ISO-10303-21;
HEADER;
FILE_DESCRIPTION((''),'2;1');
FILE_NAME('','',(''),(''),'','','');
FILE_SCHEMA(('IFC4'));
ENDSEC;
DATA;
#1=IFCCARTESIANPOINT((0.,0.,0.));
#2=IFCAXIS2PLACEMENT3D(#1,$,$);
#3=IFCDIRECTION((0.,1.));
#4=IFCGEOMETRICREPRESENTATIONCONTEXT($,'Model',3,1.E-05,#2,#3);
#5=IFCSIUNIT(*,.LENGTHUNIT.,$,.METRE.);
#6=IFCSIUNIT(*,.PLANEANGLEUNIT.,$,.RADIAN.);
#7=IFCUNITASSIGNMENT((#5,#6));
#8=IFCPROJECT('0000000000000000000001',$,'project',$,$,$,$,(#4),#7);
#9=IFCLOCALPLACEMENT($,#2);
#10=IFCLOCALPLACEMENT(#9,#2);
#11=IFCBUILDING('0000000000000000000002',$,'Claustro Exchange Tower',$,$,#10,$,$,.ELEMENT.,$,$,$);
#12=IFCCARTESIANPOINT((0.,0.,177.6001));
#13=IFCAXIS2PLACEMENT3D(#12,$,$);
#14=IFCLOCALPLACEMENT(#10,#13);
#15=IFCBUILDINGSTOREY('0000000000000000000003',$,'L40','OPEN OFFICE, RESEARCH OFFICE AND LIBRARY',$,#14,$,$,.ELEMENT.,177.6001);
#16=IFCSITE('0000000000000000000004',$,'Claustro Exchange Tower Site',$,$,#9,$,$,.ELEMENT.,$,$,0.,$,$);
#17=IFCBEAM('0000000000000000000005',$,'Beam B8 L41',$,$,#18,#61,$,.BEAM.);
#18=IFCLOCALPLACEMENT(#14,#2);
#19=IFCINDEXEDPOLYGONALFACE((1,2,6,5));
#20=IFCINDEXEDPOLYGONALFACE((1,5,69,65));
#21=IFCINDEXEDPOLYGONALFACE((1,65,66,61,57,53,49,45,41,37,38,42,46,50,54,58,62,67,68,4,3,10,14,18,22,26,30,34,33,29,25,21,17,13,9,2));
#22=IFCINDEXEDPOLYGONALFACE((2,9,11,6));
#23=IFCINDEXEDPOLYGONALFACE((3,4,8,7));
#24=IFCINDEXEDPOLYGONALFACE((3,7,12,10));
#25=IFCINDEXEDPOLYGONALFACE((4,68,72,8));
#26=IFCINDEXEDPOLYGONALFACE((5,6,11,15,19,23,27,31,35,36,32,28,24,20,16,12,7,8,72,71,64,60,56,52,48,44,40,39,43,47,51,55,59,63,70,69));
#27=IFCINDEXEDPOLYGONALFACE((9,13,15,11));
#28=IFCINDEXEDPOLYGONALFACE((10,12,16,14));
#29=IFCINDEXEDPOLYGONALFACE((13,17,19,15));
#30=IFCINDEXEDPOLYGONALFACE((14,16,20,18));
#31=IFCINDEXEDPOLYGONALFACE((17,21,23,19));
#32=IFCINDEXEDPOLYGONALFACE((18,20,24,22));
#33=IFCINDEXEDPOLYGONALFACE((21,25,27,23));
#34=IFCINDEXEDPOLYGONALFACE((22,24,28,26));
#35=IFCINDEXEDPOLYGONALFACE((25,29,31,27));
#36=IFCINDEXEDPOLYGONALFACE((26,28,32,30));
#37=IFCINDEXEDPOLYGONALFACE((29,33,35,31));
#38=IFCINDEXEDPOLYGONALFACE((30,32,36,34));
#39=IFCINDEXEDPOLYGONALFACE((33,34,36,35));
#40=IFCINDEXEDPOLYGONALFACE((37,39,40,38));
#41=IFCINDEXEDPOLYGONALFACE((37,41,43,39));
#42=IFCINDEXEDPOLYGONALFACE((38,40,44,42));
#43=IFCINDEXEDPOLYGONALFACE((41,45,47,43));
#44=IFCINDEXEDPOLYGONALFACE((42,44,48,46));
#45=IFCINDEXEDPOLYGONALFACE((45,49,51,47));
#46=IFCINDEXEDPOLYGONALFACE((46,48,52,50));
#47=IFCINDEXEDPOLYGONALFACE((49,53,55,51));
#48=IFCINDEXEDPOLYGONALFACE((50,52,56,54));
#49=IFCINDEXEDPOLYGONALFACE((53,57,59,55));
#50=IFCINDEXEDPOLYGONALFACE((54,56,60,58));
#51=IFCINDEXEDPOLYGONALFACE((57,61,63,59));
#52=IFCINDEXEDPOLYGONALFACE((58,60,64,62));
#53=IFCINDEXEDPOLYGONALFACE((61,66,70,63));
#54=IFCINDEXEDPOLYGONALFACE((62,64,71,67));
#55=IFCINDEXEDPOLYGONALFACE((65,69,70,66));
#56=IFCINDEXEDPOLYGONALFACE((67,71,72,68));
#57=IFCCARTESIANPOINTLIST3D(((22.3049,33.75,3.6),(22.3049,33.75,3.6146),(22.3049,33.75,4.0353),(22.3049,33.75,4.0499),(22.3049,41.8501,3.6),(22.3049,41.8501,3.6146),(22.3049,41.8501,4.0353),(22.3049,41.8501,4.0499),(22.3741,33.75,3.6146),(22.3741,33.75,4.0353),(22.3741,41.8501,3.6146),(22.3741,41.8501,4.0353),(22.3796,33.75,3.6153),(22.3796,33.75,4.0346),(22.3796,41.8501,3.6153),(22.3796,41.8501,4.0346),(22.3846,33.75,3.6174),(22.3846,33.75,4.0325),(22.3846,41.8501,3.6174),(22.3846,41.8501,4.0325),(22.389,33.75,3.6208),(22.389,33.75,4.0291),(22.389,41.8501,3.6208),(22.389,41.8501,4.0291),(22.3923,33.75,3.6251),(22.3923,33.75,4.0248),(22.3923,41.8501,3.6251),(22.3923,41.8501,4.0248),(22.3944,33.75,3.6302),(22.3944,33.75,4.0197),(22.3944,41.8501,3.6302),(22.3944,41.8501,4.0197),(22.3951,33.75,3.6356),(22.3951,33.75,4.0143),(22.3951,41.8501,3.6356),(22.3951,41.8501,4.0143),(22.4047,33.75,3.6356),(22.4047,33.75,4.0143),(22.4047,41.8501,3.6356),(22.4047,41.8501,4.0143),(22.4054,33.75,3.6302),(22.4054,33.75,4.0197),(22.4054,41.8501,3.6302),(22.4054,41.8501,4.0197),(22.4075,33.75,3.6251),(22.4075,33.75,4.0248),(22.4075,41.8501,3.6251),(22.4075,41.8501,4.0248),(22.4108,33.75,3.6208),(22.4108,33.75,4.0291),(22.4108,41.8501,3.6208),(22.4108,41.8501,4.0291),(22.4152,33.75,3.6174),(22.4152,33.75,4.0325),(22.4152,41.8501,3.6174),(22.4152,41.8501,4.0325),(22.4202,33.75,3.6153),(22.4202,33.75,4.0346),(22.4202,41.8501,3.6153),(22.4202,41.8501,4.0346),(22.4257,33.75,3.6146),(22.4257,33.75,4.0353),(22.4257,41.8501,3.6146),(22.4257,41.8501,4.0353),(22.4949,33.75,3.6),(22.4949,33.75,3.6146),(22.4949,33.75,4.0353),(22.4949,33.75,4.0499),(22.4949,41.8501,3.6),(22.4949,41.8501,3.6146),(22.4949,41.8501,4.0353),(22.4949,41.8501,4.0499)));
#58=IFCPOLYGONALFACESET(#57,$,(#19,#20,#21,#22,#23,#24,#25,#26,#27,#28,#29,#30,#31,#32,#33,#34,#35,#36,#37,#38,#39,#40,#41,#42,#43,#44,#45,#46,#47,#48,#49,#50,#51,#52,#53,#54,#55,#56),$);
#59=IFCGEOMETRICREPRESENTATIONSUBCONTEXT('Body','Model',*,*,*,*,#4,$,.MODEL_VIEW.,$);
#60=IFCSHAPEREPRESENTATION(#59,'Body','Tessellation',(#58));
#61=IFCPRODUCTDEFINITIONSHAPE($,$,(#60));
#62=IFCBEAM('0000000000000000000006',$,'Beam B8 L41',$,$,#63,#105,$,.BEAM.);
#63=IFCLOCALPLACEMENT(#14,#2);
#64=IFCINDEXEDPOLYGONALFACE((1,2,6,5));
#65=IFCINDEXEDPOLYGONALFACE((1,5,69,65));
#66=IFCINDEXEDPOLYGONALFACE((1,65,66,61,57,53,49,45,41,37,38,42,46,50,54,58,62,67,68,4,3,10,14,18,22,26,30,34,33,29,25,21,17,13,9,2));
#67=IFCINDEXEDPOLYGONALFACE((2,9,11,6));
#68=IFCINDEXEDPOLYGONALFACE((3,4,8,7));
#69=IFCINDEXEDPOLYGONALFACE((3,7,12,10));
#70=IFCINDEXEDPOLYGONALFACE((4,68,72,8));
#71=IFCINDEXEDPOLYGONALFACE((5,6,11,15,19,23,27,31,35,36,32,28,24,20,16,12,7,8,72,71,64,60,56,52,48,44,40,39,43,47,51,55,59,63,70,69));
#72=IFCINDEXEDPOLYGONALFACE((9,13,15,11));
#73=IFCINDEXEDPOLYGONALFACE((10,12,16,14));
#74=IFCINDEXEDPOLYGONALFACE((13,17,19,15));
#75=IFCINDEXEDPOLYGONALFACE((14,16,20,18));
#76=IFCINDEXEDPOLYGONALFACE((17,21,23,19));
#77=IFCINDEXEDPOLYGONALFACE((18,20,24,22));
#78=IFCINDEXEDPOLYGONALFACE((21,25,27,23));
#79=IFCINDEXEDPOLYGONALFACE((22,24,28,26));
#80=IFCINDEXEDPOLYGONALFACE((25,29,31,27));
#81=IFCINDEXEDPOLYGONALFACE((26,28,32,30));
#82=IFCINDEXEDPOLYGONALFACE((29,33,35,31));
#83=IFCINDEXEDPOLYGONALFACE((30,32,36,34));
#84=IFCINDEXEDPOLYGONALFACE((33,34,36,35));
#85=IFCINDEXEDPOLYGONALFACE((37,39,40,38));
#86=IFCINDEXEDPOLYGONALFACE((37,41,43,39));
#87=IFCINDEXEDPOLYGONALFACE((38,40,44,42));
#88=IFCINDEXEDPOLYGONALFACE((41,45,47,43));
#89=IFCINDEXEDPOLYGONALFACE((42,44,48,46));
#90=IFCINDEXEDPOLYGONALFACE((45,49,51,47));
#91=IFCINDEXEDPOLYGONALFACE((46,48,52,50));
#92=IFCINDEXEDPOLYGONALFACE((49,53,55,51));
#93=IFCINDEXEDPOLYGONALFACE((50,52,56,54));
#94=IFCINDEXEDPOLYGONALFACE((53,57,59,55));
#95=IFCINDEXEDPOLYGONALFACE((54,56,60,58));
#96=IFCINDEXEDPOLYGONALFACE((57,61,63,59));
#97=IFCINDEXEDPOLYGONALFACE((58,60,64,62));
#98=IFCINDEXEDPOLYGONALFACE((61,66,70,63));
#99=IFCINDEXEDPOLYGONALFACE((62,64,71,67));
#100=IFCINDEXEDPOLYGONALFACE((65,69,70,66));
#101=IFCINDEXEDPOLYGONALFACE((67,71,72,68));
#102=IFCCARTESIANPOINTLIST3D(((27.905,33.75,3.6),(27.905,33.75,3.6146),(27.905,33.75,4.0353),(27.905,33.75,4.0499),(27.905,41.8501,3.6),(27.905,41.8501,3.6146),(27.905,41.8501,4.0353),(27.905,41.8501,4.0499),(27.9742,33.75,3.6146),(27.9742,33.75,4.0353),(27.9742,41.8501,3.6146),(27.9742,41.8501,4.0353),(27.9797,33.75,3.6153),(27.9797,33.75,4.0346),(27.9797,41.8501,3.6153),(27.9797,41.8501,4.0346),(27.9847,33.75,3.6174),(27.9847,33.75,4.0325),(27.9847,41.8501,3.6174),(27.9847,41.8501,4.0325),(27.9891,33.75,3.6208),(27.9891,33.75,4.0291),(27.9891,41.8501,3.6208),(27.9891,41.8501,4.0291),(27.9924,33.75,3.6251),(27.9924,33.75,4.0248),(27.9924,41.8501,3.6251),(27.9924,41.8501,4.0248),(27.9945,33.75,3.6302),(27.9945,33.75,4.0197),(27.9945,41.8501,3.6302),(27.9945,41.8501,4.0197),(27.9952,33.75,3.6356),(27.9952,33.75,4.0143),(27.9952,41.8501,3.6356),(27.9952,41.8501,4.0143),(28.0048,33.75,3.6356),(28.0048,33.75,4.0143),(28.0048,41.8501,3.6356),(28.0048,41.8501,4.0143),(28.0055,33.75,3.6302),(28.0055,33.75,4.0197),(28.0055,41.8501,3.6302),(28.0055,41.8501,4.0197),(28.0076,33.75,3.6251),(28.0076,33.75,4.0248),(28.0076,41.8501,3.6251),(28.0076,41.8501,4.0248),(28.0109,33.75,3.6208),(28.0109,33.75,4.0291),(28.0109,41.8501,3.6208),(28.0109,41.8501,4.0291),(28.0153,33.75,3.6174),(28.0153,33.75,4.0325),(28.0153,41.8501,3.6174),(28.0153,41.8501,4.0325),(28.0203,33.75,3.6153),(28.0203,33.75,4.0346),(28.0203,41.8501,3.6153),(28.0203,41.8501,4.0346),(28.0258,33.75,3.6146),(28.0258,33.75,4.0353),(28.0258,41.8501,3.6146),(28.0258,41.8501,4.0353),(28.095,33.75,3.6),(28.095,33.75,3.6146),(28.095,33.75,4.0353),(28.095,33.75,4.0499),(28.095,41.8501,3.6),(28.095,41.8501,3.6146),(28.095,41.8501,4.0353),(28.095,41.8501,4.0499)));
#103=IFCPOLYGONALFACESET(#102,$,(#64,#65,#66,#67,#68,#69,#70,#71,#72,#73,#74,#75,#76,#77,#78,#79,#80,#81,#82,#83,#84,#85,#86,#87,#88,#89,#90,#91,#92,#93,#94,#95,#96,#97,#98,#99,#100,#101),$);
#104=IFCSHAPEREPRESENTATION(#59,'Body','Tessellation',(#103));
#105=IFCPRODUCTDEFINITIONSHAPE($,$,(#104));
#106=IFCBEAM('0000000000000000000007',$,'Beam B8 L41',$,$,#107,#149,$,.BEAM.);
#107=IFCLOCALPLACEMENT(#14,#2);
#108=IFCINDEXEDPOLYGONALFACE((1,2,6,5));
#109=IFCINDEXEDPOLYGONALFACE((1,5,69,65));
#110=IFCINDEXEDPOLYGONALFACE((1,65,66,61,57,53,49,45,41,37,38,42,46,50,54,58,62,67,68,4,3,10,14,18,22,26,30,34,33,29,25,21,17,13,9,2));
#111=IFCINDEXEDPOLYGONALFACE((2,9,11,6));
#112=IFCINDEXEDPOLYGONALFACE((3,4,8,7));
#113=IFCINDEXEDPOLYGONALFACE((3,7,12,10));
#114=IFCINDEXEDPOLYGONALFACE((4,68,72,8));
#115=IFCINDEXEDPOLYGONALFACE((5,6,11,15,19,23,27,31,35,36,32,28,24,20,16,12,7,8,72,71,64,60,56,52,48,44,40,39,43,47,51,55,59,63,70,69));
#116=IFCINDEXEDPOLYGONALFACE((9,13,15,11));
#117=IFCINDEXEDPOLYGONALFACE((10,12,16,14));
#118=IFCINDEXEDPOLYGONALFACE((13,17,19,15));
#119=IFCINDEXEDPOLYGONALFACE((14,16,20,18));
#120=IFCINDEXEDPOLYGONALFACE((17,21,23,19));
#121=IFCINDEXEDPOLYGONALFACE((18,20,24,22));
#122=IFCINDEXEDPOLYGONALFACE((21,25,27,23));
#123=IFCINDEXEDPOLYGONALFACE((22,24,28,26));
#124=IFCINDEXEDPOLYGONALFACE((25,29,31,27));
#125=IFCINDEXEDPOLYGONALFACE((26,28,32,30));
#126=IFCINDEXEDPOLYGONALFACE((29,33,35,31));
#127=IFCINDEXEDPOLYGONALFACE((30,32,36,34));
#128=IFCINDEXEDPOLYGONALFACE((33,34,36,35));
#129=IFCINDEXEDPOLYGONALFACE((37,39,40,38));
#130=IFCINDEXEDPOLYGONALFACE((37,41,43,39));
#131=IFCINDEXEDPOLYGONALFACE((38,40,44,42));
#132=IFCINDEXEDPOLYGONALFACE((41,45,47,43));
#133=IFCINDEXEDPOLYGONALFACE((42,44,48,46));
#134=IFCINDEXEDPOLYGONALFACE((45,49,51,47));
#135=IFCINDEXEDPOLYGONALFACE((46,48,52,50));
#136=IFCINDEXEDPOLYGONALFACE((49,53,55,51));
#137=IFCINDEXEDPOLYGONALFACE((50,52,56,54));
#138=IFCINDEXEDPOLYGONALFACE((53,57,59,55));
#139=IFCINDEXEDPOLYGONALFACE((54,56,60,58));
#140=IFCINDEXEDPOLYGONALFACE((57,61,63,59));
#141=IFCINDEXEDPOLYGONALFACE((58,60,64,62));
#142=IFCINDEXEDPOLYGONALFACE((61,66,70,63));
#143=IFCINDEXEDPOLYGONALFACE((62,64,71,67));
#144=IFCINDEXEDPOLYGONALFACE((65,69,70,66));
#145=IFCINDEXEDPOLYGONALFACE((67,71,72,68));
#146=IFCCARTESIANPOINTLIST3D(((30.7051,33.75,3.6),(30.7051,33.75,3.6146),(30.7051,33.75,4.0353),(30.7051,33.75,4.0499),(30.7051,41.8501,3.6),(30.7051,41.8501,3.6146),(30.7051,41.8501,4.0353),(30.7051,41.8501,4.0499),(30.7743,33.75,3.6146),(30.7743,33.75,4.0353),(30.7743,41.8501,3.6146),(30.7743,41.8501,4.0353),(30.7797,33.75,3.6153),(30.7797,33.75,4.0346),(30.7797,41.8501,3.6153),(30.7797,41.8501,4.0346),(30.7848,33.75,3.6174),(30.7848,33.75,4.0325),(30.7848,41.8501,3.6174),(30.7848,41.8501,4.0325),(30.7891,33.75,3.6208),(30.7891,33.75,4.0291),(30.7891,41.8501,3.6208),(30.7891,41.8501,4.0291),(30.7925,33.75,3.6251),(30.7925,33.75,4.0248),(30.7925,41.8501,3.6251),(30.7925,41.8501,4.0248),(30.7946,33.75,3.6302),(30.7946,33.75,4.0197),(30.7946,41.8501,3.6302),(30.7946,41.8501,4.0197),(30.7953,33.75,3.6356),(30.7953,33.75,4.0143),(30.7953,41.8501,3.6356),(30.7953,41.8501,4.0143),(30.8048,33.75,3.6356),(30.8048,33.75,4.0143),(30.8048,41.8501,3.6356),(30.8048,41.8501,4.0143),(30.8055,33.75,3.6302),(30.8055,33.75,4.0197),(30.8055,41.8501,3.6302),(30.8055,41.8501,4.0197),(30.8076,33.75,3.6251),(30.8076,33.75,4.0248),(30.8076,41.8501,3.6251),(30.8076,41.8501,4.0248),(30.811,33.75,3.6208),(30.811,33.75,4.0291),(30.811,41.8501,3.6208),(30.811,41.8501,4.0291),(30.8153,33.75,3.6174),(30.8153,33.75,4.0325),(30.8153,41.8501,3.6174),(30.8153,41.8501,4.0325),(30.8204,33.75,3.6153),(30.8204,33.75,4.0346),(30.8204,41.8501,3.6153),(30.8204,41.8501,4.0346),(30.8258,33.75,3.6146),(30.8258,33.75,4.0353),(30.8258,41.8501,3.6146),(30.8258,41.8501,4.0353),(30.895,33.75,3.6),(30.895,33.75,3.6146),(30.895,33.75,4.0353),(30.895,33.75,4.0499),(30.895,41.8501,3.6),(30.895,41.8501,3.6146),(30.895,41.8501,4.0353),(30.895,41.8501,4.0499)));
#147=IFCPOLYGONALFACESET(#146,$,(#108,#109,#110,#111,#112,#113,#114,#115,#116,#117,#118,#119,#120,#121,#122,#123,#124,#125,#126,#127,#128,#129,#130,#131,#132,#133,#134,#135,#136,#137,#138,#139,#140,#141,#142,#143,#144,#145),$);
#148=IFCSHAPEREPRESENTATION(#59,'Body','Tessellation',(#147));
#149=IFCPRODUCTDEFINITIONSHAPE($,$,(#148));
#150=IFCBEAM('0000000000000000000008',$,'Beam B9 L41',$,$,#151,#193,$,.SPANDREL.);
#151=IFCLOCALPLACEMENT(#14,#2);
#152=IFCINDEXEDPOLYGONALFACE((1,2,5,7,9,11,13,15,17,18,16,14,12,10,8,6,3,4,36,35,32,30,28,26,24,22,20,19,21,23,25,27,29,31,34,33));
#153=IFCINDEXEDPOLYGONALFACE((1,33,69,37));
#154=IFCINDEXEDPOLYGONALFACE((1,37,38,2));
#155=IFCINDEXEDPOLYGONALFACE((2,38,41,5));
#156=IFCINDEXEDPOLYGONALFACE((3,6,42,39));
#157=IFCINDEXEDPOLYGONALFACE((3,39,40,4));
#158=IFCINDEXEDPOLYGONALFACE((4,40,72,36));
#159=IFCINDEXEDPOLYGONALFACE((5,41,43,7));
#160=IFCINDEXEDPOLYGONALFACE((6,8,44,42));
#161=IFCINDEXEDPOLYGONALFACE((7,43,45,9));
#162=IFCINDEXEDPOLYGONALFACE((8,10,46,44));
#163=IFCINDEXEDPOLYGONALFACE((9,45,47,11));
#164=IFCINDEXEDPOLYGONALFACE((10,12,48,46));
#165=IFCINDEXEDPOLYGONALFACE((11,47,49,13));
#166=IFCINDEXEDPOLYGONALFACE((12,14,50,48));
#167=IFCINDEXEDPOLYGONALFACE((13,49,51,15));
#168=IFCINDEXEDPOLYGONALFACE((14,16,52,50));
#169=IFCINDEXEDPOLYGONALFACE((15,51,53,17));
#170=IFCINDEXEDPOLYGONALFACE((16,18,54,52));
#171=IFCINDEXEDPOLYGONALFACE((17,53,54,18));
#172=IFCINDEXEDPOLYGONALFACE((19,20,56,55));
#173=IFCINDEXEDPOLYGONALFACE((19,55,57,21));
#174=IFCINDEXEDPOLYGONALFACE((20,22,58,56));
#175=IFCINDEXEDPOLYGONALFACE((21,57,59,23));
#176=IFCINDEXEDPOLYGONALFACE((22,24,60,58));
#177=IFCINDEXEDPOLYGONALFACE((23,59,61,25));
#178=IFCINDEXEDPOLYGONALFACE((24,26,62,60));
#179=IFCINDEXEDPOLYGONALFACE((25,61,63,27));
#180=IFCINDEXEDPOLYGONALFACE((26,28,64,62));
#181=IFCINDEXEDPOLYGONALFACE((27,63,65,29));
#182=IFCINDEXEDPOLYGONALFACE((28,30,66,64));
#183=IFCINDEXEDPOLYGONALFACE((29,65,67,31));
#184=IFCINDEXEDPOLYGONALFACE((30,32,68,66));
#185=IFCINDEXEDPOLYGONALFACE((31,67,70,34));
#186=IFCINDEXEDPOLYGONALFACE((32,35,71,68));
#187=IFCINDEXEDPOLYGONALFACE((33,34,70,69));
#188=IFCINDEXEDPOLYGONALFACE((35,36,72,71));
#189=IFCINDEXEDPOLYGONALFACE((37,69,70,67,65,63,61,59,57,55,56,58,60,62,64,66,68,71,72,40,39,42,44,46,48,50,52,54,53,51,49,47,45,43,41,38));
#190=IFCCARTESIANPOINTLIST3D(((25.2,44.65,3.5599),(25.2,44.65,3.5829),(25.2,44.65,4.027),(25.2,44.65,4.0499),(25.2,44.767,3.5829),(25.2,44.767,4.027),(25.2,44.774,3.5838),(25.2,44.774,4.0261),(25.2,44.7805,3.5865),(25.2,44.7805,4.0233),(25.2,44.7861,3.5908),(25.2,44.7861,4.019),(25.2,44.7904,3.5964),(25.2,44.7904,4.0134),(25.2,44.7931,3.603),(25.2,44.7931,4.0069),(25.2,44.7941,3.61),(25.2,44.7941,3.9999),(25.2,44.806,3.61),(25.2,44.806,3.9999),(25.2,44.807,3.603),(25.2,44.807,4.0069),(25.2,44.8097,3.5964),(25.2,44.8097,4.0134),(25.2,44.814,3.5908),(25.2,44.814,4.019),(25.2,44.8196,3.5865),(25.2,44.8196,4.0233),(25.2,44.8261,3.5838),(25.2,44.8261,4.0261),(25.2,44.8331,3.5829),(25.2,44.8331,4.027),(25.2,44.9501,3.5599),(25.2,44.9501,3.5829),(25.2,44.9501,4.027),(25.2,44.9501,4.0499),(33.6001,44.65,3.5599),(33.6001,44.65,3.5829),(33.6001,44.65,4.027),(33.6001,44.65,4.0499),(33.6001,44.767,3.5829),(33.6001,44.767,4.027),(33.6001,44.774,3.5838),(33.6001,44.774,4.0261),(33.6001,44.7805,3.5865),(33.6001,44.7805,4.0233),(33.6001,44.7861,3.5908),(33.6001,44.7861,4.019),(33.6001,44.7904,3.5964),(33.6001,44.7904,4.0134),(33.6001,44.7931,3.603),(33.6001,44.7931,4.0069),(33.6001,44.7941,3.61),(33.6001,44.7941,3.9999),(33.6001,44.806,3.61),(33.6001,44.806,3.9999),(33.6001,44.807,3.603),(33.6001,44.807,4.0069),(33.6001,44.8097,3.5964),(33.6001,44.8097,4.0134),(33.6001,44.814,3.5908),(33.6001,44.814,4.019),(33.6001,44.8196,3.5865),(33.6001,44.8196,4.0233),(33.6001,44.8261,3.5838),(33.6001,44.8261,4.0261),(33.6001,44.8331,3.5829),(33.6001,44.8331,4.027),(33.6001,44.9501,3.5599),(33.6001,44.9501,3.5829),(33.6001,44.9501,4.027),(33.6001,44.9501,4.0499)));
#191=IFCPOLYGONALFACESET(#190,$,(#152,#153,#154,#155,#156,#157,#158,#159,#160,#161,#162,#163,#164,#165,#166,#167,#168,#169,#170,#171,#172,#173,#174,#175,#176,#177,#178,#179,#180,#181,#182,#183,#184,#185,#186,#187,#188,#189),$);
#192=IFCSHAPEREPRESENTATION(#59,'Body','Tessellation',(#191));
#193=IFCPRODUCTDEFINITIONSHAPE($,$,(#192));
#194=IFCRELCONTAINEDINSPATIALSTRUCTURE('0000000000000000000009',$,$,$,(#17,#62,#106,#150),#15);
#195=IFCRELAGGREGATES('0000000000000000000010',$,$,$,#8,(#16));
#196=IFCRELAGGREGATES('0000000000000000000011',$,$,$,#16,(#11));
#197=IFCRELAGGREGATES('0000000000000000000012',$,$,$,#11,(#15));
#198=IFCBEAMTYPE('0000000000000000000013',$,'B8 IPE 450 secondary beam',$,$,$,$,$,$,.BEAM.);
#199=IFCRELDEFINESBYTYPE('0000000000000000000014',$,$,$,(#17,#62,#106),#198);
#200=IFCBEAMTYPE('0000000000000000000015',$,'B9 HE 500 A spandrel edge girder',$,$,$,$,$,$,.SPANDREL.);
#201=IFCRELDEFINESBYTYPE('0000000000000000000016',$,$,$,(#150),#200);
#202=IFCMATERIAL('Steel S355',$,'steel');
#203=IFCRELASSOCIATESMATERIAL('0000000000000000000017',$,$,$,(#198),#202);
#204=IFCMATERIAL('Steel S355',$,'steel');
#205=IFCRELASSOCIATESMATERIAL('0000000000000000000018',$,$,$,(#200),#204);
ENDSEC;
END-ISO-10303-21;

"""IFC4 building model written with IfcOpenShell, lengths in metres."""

from ifc_helpers import new_model, si_unit, direction, frame, origin, origin_2d, place, context, subcontext, project, spatial, i_section, extrude, material, material_profile, profile_set, type_object, element, save


model = new_model("IFC4")

# Units and contexts
model_context = context("Model", 3, precision=1e-05, world=origin(), true_north=direction((0.0, 1.0)))
body_context = subcontext(model_context, "Body", "Model", "MODEL_VIEW")
ifc_project = project(units=[si_unit("LENGTHUNIT", "METRE"), si_unit("PLANEANGLEUNIT", "RADIAN")], contexts=[model_context])

# Site, building, storey
site_placement = place(None, origin())
site = spatial("IfcSite", under=ifc_project, at=site_placement, Name="Claustro Exchange Tower Site", CompositionType="ELEMENT", RefElevation=0.0)
building_placement = place(site_placement, origin())
building = spatial("IfcBuilding", under=site, at=building_placement, Name="Claustro Exchange Tower", CompositionType="ELEMENT")
storey_placement = place(building_placement, frame((0.0, 0.0, 177.6001)))
storey = spatial("IfcBuildingStorey", under=building, at=storey_placement, Name="L40", Description="OPEN OFFICE, RESEARCH OFFICE AND LIBRARY", CompositionType="ELEMENT", Elevation=177.6001)

# Beams
ifc_material_1 = material(Name="Steel S355", Category="steel")
ifc_material_profile_1 = material_profile(ifc_material_1, i_section(OverallWidth=0.1899, OverallDepth=0.45, WebThickness=0.0095, FlangeThickness=0.0146, FilletRadius=0.021, at=origin_2d()), Name="IPE 450")
ifc_profile_set_1 = profile_set([ifc_material_profile_1], Name="Steel S355")
beam_type_1 = type_object("IfcBeamType", Name="B8 IPE 450 secondary beam", PredefinedType="BEAM", material=ifc_profile_set_1)
for number, where, z_axis, x_axis, name in (
    (1, (22.3999, 33.75, 3.825), (0.0, 1.0, 0.0), (-1.0, 0.0, 0.0), "Beam B8 L41"),
    (2, (28.0, 33.75, 3.825), (0.0, 1.0, 0.0), (-1.0, 0.0, 0.0), "Beam B8 L41"),
    (3, (30.8, 33.75, 3.825), (0.0, 1.0, 0.0), (-1.0, 0.0, 0.0), "Beam B8 L41"),
):
    element("IfcBeam", number, at=place(storey_placement, frame(where, z_axis=z_axis, x_axis=x_axis)), inside=storey, type_object=beam_type_1, Name=name, PredefinedType="BEAM", context=body_context, shape_type="SweptSolid", body=[
        extrude(i_section(OverallWidth=0.1899, OverallDepth=0.45, WebThickness=0.0095, FlangeThickness=0.0146, FilletRadius=0.021, at=origin_2d()), origin(), (0.0, 0.0, 1.0), 8.1001),
    ])
ifc_material_2 = material(Name="Steel S355", Category="steel")
ifc_material_profile_2 = material_profile(ifc_material_2, i_section(OverallWidth=0.3, OverallDepth=0.49, WebThickness=0.012, FlangeThickness=0.0229, FilletRadius=0.0271, at=origin_2d()), Name="HE 500 A")
ifc_profile_set_2 = profile_set([ifc_material_profile_2], Name="Steel S355")
beam_type_2 = type_object("IfcBeamType", Name="B9 HE 500 A spandrel edge girder", PredefinedType="SPANDREL", material=ifc_profile_set_2)
beam_1_placement = place(storey_placement, frame((25.2, 44.8, 3.8049), z_axis=(1.0, 0.0, 0.0), x_axis=(0.0, 1.0, 0.0)))
element("IfcBeam", 4, at=beam_1_placement, inside=storey, type_object=beam_type_2, Name="Beam B9 L41", PredefinedType="SPANDREL", context=body_context, shape_type="SweptSolid", body=[
    extrude(i_section(OverallWidth=0.3, OverallDepth=0.49, WebThickness=0.012, FlangeThickness=0.0229, FilletRadius=0.0271, at=origin_2d()), origin(), (0.0, 0.0, 1.0), 8.4001),
])

save(model, "model.ifc")
